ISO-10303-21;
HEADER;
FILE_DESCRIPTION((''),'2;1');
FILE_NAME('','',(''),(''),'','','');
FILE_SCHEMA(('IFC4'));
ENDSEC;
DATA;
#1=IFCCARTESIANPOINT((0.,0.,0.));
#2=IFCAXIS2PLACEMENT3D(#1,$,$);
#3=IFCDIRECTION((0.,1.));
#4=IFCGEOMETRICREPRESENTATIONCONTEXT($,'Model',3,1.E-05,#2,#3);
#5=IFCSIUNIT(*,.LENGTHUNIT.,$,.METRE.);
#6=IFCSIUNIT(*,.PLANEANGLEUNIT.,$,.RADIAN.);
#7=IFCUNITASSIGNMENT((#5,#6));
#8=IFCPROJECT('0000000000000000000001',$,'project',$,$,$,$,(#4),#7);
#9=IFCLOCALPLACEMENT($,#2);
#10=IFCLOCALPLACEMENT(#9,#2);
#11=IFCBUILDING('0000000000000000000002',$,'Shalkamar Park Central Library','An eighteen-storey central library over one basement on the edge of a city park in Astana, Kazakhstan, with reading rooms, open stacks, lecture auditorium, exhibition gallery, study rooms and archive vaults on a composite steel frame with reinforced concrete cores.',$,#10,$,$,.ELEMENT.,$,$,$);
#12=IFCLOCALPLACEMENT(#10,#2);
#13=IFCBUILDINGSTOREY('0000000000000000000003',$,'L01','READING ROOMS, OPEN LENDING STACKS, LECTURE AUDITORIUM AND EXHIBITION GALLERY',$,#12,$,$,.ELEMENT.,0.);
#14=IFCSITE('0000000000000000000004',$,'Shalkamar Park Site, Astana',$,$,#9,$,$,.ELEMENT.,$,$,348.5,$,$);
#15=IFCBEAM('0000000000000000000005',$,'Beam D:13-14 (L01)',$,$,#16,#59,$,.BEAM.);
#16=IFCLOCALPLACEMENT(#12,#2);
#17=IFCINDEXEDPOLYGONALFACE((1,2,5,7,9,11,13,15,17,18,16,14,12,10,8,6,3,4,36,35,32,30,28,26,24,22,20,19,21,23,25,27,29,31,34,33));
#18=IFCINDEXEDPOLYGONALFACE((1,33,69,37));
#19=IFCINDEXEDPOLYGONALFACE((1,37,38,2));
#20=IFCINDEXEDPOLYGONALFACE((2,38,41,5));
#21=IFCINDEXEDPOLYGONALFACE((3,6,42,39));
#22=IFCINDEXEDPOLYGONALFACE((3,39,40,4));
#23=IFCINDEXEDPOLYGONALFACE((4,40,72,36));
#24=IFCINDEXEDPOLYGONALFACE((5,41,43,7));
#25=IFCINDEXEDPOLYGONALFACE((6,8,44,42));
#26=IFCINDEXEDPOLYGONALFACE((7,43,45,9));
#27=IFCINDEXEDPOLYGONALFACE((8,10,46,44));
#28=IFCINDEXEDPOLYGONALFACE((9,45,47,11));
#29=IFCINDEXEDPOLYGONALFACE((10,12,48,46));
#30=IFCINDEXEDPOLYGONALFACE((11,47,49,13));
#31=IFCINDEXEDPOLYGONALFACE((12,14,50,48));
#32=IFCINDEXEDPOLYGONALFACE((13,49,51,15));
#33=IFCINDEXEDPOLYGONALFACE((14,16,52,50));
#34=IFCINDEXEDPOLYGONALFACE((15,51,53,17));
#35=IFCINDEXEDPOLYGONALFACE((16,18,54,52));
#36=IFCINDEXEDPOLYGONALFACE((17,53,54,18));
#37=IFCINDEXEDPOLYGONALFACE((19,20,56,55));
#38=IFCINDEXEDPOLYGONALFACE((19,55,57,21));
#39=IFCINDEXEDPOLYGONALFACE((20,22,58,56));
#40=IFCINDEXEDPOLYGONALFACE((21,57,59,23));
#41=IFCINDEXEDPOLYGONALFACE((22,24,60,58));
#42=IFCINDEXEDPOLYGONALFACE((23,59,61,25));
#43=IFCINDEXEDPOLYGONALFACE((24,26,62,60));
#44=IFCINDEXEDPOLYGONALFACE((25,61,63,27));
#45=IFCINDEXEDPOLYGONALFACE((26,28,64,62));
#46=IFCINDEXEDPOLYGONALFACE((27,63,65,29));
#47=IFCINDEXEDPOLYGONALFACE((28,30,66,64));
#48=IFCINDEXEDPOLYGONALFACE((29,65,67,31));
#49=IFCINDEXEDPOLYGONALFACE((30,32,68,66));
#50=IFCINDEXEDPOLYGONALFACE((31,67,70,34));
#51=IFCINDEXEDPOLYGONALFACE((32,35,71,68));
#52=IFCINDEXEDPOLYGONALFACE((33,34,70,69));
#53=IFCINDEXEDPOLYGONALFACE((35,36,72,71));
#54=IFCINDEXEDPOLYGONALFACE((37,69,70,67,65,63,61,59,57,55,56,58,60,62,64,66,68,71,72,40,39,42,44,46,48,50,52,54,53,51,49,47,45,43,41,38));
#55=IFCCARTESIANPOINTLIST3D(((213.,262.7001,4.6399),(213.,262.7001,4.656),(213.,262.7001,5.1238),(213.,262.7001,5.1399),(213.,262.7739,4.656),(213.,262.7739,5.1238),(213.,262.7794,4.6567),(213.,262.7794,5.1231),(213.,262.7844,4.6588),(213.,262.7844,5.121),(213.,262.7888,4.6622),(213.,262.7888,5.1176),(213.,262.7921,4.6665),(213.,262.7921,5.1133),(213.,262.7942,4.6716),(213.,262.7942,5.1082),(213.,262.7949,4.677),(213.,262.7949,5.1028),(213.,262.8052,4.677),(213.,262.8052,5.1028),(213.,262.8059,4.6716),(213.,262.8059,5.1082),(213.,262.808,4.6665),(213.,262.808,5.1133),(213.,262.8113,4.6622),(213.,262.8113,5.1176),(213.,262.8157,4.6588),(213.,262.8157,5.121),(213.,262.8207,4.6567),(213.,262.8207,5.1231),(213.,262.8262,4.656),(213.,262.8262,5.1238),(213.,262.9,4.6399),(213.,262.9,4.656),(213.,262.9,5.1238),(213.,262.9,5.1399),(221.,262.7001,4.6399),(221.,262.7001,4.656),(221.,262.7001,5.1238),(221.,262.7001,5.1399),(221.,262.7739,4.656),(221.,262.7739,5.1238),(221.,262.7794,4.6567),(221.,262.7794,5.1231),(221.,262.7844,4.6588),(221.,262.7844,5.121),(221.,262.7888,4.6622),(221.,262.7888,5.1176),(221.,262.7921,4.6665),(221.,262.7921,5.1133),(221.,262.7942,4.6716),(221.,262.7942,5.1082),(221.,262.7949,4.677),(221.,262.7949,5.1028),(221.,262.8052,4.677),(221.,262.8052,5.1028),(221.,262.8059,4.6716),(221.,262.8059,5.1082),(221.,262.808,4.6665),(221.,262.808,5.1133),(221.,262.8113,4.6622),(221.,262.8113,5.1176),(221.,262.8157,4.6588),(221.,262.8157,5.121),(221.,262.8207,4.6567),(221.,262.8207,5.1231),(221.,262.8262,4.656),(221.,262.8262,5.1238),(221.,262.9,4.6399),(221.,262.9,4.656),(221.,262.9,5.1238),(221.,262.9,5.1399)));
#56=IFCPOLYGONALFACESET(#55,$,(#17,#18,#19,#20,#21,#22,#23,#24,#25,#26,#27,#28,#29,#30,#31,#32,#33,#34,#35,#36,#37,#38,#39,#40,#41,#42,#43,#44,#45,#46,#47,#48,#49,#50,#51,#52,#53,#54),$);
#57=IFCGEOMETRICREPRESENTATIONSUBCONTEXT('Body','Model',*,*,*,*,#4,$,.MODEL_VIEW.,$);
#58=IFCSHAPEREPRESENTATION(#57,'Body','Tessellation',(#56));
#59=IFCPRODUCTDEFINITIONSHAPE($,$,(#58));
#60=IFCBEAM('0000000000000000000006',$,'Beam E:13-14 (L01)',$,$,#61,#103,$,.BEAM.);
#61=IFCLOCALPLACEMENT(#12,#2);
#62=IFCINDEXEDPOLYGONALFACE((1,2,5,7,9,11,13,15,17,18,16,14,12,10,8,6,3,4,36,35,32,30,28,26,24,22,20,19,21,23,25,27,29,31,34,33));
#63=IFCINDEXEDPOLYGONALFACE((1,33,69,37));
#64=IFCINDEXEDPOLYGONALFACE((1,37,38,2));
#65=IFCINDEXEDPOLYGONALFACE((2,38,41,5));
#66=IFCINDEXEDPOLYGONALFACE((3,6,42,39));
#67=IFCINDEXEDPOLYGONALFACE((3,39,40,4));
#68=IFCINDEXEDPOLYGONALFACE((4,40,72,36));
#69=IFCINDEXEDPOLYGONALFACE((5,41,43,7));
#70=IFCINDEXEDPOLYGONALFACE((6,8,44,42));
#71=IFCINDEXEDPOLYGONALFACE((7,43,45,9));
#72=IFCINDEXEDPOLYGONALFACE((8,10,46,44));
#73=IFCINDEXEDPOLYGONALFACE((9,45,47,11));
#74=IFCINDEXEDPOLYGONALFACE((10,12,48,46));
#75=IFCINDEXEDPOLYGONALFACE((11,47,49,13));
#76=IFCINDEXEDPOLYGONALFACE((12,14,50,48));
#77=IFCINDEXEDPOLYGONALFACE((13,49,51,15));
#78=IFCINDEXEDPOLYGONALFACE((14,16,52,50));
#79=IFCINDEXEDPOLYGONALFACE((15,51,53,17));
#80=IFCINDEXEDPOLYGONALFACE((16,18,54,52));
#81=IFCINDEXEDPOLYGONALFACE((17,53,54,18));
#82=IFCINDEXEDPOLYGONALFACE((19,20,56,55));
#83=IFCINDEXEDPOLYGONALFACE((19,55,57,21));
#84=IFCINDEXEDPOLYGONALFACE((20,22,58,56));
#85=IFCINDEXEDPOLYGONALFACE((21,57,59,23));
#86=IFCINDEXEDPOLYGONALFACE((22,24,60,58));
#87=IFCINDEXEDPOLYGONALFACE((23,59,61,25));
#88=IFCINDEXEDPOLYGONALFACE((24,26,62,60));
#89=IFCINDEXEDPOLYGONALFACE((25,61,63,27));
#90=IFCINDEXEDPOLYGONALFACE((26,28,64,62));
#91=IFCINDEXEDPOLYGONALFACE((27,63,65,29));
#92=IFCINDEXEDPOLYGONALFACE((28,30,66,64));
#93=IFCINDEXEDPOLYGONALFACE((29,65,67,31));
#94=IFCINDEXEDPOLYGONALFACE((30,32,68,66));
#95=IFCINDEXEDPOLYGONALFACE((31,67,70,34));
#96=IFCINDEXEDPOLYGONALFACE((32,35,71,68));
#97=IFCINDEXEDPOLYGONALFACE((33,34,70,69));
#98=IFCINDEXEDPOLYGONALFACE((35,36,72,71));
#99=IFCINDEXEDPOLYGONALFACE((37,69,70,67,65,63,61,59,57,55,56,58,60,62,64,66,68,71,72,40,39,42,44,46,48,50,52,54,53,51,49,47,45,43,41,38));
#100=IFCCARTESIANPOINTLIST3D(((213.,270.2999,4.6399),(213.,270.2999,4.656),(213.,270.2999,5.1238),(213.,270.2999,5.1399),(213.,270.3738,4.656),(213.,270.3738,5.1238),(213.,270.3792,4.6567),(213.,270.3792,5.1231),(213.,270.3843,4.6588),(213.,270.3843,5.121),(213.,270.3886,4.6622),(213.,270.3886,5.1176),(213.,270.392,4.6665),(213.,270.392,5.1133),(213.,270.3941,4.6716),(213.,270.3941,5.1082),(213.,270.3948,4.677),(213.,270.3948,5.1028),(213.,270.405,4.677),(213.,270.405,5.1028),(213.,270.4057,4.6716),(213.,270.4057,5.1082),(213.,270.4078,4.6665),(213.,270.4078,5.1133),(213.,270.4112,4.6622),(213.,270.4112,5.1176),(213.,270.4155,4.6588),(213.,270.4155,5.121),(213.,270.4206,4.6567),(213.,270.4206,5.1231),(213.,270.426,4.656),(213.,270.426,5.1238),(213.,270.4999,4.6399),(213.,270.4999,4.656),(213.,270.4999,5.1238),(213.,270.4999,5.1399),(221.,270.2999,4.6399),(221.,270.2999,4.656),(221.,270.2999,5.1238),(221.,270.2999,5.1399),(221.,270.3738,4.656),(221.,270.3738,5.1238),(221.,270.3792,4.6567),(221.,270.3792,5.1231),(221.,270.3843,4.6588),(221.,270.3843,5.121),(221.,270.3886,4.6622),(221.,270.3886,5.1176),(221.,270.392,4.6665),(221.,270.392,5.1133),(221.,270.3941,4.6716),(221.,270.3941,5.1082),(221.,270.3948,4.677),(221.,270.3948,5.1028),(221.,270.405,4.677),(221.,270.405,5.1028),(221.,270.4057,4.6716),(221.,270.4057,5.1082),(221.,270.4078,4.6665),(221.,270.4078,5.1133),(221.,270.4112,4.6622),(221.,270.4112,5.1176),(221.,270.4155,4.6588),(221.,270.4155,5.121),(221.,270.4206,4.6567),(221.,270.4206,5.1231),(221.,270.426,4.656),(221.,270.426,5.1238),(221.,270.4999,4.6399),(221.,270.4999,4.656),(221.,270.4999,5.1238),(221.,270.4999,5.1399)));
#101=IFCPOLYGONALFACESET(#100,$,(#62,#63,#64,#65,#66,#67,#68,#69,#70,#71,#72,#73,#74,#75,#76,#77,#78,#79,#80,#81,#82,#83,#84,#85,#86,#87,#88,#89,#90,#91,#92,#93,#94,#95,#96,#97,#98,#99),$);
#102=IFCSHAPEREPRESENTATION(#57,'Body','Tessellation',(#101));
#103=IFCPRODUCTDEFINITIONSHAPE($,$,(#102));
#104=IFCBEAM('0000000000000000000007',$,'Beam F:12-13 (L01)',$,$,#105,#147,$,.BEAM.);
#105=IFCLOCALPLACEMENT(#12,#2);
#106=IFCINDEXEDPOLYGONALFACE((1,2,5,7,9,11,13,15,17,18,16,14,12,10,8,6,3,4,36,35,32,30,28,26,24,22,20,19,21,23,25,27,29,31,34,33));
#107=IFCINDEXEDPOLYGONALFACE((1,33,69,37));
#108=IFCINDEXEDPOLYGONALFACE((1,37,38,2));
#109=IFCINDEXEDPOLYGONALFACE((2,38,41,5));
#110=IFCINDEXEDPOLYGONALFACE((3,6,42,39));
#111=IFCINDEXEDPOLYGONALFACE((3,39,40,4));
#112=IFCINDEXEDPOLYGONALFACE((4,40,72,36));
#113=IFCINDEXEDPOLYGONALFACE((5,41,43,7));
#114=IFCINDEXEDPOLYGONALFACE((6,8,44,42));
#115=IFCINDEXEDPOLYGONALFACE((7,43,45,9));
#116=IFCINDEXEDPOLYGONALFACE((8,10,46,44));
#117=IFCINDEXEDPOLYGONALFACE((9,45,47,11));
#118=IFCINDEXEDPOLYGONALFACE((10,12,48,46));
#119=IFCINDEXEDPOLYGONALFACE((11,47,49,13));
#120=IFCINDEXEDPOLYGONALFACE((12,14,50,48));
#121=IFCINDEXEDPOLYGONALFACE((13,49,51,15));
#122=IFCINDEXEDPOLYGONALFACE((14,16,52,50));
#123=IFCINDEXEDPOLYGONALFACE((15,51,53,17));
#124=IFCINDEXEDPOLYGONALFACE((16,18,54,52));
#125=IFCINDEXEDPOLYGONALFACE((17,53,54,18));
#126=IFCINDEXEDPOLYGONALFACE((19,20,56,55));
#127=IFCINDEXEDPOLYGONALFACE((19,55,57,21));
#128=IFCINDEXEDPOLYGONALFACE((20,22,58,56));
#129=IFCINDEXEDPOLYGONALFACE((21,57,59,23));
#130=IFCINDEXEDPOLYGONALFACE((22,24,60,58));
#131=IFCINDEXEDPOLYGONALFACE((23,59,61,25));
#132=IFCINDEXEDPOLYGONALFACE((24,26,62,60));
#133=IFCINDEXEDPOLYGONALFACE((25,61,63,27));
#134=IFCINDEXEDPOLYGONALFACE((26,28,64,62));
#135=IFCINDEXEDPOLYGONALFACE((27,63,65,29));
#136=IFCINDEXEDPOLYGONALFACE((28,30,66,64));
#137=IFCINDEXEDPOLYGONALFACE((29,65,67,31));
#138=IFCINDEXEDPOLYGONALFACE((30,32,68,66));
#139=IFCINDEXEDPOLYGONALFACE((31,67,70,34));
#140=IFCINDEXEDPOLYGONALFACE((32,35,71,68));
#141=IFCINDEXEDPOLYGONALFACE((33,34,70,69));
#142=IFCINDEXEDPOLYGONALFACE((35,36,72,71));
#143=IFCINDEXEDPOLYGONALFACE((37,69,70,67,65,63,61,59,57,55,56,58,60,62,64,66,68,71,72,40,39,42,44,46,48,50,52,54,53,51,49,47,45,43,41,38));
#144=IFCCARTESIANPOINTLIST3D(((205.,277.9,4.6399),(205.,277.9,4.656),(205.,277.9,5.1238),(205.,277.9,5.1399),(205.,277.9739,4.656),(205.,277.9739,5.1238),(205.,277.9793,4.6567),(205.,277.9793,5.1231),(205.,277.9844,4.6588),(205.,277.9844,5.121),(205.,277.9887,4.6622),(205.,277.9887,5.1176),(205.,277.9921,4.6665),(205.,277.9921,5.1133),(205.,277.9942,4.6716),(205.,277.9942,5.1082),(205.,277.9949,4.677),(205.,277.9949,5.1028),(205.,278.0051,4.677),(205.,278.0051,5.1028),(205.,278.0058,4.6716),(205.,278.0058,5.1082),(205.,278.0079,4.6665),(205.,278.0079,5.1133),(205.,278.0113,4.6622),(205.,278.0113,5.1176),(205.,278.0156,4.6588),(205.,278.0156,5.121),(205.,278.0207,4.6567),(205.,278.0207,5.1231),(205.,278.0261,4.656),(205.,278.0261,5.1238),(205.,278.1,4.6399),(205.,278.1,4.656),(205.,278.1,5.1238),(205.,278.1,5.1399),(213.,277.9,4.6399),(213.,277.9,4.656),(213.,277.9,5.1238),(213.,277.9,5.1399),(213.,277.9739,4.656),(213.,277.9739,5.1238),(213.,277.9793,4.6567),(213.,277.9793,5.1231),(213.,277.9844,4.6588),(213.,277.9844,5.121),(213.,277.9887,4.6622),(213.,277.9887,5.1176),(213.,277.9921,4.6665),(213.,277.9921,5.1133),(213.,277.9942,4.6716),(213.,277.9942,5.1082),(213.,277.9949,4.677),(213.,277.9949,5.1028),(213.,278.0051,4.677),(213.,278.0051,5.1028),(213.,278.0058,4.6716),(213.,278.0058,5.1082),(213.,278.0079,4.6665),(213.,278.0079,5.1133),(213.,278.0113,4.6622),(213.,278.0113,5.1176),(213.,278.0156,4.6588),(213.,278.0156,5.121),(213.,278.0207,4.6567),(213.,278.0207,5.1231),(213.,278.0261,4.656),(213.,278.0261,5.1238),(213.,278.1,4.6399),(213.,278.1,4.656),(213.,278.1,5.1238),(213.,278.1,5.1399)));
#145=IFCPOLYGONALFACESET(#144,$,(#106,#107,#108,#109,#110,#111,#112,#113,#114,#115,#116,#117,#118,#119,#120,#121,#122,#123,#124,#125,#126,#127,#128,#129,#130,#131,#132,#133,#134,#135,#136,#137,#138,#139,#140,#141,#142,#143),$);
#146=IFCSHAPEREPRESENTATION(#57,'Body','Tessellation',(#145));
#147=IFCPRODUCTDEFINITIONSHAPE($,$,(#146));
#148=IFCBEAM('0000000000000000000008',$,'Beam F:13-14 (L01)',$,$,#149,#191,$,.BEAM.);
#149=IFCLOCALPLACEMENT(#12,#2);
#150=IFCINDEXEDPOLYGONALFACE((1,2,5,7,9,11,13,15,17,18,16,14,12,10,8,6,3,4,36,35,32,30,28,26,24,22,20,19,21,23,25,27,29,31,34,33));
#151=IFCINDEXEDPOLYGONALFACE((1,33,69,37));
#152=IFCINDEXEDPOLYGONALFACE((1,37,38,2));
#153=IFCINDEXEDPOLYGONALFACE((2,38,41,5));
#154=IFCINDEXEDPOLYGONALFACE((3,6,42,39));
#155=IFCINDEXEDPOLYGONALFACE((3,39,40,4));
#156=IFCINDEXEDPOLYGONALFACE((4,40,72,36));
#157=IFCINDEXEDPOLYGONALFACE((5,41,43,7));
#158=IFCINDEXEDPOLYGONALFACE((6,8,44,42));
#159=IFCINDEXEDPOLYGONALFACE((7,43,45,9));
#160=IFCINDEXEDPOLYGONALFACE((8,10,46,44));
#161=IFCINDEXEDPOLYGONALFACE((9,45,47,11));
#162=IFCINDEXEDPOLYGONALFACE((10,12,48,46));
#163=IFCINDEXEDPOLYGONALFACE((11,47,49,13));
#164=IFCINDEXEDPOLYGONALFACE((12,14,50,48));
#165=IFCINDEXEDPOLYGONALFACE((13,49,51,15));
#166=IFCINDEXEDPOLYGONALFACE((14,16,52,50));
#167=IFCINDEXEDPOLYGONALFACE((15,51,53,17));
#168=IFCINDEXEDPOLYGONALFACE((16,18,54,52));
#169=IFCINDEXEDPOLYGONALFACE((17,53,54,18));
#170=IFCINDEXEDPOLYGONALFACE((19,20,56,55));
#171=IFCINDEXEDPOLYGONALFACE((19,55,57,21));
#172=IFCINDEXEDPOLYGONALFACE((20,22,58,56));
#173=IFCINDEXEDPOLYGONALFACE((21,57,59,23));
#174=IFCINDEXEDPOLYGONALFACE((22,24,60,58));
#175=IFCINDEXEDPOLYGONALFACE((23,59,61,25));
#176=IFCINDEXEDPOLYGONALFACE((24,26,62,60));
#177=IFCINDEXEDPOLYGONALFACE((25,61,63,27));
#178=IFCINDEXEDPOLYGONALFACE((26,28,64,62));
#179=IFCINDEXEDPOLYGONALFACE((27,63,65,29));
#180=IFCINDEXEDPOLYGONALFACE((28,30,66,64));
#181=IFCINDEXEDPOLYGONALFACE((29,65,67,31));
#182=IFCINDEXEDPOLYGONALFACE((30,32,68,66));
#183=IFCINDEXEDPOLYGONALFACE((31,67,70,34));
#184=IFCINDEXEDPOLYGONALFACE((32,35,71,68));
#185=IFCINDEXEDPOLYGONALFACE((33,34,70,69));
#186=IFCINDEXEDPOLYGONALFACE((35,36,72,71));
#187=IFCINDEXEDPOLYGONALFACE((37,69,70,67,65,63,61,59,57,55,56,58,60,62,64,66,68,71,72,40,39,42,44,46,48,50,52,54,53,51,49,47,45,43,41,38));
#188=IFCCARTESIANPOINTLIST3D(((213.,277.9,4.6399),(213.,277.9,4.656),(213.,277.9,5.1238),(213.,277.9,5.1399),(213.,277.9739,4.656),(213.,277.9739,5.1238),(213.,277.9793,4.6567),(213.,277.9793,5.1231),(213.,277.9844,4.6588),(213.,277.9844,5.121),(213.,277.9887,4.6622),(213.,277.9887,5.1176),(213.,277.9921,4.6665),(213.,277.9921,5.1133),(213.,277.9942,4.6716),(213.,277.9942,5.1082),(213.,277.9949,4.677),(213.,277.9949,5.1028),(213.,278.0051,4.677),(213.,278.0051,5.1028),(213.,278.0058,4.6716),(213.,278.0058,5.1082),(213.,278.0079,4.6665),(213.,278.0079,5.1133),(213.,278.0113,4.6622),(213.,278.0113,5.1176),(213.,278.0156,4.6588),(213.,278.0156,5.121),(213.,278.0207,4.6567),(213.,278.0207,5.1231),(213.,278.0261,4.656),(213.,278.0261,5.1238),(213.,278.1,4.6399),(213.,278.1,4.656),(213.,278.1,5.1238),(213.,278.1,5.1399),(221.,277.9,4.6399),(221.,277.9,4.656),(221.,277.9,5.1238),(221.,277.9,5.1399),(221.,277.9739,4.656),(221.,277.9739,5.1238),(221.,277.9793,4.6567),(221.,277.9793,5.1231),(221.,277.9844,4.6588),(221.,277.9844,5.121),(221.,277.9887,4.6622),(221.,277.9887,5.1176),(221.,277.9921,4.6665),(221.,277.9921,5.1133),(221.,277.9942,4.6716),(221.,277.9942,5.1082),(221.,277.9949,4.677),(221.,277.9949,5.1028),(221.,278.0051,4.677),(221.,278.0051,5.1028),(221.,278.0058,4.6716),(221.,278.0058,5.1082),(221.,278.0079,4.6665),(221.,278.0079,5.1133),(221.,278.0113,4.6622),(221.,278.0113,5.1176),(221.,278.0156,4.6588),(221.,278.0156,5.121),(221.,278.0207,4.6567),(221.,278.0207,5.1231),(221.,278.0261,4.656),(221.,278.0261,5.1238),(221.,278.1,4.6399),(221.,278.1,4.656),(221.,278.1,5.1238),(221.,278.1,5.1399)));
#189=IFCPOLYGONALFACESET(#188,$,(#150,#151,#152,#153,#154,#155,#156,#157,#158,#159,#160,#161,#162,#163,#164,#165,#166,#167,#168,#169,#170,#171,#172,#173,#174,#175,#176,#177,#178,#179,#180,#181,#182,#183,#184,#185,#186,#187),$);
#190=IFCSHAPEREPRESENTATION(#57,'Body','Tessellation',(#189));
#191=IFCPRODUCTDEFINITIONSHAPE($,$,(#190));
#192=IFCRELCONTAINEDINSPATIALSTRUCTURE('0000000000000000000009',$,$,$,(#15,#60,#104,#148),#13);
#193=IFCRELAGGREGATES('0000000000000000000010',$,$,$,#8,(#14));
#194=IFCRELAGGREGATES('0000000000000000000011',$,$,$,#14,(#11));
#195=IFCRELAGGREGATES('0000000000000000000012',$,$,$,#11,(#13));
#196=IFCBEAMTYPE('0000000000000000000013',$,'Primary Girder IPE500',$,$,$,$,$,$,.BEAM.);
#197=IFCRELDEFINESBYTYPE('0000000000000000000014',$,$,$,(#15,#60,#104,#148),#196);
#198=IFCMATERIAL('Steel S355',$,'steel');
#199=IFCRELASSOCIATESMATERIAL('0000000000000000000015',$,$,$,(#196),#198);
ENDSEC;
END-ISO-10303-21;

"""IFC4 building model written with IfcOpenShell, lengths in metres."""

from ifc_helpers import new_model, si_unit, direction, frame, origin, origin_2d, place, context, subcontext, project, spatial, i_section, extrude, material, material_profile, profile_set, type_object, element, save


model = new_model("IFC4")

# Units and contexts
model_context = context("Model", 3, precision=1e-05, world=origin(), true_north=direction((0.0, 1.0)))
body_context = subcontext(model_context, "Body", "Model", "MODEL_VIEW")
ifc_project = project(units=[si_unit("LENGTHUNIT", "METRE"), si_unit("PLANEANGLEUNIT", "RADIAN")], contexts=[model_context])

# Site, building, storey
site_placement = place(None, origin())
site = spatial("IfcSite", under=ifc_project, at=site_placement, Name="Shalkamar Park Site, Astana", CompositionType="ELEMENT", RefElevation=348.5)
building_placement = place(site_placement, origin())
building = spatial("IfcBuilding", under=site, at=building_placement, Name="Shalkamar Park Central Library", Description="An eighteen-storey central library over one basement on the edge of a city park in Astana, Kazakhstan, with reading rooms, open stacks, lecture auditorium, exhibition gallery, study rooms and archive vaults on a composite steel frame with reinforced concrete cores.", CompositionType="ELEMENT")
storey_placement = place(building_placement, origin())
storey = spatial("IfcBuildingStorey", under=building, at=storey_placement, Name="L01", Description="READING ROOMS, OPEN LENDING STACKS, LECTURE AUDITORIUM AND EXHIBITION GALLERY", CompositionType="ELEMENT", Elevation=0.0)

# Shared definitions
ifc_material = material(Name="Steel S355", Category="steel")

# Beams
ifc_material_profile_1 = material_profile(ifc_material, i_section(OverallWidth=0.2, OverallDepth=0.5, WebThickness=0.0103, FlangeThickness=0.0161, FilletRadius=0.021, at=origin_2d()), Name="IPE 500")
ifc_profile_set_1 = profile_set([ifc_material_profile_1], Name="Steel S355")
beam_type_1 = type_object("IfcBeamType", Name="Primary Girder IPE500", PredefinedType="BEAM", material=ifc_profile_set_1)
for number, where, z_axis, x_axis, name in (
    (1, (213.0, 262.8, 4.8899), (1.0, 0.0, 0.0), (0.0, 1.0, 0.0), "Beam D:13-14 (L01)"),
    (2, (213.0, 270.3999, 4.8899), (1.0, 0.0, 0.0), (0.0, 1.0, 0.0), "Beam E:13-14 (L01)"),
    (3, (205.0, 278.0, 4.8899), (1.0, 0.0, 0.0), (0.0, 1.0, 0.0), "Beam F:12-13 (L01)"),
    (4, (213.0, 278.0, 4.8899), (1.0, 0.0, 0.0), (0.0, 1.0, 0.0), "Beam F:13-14 (L01)"),
):
    element("IfcBeam", number, at=place(storey_placement, frame(where, z_axis=z_axis, x_axis=x_axis)), inside=storey, type_object=beam_type_1, Name=name, PredefinedType="BEAM", context=body_context, shape_type="SweptSolid", body=[
        extrude(i_section(OverallWidth=0.2, OverallDepth=0.5, WebThickness=0.0103, FlangeThickness=0.0161, FilletRadius=0.021, at=origin_2d()), origin(), (0.0, 0.0, 1.0), 8.0),
    ])

save(model, "model.ifc")
